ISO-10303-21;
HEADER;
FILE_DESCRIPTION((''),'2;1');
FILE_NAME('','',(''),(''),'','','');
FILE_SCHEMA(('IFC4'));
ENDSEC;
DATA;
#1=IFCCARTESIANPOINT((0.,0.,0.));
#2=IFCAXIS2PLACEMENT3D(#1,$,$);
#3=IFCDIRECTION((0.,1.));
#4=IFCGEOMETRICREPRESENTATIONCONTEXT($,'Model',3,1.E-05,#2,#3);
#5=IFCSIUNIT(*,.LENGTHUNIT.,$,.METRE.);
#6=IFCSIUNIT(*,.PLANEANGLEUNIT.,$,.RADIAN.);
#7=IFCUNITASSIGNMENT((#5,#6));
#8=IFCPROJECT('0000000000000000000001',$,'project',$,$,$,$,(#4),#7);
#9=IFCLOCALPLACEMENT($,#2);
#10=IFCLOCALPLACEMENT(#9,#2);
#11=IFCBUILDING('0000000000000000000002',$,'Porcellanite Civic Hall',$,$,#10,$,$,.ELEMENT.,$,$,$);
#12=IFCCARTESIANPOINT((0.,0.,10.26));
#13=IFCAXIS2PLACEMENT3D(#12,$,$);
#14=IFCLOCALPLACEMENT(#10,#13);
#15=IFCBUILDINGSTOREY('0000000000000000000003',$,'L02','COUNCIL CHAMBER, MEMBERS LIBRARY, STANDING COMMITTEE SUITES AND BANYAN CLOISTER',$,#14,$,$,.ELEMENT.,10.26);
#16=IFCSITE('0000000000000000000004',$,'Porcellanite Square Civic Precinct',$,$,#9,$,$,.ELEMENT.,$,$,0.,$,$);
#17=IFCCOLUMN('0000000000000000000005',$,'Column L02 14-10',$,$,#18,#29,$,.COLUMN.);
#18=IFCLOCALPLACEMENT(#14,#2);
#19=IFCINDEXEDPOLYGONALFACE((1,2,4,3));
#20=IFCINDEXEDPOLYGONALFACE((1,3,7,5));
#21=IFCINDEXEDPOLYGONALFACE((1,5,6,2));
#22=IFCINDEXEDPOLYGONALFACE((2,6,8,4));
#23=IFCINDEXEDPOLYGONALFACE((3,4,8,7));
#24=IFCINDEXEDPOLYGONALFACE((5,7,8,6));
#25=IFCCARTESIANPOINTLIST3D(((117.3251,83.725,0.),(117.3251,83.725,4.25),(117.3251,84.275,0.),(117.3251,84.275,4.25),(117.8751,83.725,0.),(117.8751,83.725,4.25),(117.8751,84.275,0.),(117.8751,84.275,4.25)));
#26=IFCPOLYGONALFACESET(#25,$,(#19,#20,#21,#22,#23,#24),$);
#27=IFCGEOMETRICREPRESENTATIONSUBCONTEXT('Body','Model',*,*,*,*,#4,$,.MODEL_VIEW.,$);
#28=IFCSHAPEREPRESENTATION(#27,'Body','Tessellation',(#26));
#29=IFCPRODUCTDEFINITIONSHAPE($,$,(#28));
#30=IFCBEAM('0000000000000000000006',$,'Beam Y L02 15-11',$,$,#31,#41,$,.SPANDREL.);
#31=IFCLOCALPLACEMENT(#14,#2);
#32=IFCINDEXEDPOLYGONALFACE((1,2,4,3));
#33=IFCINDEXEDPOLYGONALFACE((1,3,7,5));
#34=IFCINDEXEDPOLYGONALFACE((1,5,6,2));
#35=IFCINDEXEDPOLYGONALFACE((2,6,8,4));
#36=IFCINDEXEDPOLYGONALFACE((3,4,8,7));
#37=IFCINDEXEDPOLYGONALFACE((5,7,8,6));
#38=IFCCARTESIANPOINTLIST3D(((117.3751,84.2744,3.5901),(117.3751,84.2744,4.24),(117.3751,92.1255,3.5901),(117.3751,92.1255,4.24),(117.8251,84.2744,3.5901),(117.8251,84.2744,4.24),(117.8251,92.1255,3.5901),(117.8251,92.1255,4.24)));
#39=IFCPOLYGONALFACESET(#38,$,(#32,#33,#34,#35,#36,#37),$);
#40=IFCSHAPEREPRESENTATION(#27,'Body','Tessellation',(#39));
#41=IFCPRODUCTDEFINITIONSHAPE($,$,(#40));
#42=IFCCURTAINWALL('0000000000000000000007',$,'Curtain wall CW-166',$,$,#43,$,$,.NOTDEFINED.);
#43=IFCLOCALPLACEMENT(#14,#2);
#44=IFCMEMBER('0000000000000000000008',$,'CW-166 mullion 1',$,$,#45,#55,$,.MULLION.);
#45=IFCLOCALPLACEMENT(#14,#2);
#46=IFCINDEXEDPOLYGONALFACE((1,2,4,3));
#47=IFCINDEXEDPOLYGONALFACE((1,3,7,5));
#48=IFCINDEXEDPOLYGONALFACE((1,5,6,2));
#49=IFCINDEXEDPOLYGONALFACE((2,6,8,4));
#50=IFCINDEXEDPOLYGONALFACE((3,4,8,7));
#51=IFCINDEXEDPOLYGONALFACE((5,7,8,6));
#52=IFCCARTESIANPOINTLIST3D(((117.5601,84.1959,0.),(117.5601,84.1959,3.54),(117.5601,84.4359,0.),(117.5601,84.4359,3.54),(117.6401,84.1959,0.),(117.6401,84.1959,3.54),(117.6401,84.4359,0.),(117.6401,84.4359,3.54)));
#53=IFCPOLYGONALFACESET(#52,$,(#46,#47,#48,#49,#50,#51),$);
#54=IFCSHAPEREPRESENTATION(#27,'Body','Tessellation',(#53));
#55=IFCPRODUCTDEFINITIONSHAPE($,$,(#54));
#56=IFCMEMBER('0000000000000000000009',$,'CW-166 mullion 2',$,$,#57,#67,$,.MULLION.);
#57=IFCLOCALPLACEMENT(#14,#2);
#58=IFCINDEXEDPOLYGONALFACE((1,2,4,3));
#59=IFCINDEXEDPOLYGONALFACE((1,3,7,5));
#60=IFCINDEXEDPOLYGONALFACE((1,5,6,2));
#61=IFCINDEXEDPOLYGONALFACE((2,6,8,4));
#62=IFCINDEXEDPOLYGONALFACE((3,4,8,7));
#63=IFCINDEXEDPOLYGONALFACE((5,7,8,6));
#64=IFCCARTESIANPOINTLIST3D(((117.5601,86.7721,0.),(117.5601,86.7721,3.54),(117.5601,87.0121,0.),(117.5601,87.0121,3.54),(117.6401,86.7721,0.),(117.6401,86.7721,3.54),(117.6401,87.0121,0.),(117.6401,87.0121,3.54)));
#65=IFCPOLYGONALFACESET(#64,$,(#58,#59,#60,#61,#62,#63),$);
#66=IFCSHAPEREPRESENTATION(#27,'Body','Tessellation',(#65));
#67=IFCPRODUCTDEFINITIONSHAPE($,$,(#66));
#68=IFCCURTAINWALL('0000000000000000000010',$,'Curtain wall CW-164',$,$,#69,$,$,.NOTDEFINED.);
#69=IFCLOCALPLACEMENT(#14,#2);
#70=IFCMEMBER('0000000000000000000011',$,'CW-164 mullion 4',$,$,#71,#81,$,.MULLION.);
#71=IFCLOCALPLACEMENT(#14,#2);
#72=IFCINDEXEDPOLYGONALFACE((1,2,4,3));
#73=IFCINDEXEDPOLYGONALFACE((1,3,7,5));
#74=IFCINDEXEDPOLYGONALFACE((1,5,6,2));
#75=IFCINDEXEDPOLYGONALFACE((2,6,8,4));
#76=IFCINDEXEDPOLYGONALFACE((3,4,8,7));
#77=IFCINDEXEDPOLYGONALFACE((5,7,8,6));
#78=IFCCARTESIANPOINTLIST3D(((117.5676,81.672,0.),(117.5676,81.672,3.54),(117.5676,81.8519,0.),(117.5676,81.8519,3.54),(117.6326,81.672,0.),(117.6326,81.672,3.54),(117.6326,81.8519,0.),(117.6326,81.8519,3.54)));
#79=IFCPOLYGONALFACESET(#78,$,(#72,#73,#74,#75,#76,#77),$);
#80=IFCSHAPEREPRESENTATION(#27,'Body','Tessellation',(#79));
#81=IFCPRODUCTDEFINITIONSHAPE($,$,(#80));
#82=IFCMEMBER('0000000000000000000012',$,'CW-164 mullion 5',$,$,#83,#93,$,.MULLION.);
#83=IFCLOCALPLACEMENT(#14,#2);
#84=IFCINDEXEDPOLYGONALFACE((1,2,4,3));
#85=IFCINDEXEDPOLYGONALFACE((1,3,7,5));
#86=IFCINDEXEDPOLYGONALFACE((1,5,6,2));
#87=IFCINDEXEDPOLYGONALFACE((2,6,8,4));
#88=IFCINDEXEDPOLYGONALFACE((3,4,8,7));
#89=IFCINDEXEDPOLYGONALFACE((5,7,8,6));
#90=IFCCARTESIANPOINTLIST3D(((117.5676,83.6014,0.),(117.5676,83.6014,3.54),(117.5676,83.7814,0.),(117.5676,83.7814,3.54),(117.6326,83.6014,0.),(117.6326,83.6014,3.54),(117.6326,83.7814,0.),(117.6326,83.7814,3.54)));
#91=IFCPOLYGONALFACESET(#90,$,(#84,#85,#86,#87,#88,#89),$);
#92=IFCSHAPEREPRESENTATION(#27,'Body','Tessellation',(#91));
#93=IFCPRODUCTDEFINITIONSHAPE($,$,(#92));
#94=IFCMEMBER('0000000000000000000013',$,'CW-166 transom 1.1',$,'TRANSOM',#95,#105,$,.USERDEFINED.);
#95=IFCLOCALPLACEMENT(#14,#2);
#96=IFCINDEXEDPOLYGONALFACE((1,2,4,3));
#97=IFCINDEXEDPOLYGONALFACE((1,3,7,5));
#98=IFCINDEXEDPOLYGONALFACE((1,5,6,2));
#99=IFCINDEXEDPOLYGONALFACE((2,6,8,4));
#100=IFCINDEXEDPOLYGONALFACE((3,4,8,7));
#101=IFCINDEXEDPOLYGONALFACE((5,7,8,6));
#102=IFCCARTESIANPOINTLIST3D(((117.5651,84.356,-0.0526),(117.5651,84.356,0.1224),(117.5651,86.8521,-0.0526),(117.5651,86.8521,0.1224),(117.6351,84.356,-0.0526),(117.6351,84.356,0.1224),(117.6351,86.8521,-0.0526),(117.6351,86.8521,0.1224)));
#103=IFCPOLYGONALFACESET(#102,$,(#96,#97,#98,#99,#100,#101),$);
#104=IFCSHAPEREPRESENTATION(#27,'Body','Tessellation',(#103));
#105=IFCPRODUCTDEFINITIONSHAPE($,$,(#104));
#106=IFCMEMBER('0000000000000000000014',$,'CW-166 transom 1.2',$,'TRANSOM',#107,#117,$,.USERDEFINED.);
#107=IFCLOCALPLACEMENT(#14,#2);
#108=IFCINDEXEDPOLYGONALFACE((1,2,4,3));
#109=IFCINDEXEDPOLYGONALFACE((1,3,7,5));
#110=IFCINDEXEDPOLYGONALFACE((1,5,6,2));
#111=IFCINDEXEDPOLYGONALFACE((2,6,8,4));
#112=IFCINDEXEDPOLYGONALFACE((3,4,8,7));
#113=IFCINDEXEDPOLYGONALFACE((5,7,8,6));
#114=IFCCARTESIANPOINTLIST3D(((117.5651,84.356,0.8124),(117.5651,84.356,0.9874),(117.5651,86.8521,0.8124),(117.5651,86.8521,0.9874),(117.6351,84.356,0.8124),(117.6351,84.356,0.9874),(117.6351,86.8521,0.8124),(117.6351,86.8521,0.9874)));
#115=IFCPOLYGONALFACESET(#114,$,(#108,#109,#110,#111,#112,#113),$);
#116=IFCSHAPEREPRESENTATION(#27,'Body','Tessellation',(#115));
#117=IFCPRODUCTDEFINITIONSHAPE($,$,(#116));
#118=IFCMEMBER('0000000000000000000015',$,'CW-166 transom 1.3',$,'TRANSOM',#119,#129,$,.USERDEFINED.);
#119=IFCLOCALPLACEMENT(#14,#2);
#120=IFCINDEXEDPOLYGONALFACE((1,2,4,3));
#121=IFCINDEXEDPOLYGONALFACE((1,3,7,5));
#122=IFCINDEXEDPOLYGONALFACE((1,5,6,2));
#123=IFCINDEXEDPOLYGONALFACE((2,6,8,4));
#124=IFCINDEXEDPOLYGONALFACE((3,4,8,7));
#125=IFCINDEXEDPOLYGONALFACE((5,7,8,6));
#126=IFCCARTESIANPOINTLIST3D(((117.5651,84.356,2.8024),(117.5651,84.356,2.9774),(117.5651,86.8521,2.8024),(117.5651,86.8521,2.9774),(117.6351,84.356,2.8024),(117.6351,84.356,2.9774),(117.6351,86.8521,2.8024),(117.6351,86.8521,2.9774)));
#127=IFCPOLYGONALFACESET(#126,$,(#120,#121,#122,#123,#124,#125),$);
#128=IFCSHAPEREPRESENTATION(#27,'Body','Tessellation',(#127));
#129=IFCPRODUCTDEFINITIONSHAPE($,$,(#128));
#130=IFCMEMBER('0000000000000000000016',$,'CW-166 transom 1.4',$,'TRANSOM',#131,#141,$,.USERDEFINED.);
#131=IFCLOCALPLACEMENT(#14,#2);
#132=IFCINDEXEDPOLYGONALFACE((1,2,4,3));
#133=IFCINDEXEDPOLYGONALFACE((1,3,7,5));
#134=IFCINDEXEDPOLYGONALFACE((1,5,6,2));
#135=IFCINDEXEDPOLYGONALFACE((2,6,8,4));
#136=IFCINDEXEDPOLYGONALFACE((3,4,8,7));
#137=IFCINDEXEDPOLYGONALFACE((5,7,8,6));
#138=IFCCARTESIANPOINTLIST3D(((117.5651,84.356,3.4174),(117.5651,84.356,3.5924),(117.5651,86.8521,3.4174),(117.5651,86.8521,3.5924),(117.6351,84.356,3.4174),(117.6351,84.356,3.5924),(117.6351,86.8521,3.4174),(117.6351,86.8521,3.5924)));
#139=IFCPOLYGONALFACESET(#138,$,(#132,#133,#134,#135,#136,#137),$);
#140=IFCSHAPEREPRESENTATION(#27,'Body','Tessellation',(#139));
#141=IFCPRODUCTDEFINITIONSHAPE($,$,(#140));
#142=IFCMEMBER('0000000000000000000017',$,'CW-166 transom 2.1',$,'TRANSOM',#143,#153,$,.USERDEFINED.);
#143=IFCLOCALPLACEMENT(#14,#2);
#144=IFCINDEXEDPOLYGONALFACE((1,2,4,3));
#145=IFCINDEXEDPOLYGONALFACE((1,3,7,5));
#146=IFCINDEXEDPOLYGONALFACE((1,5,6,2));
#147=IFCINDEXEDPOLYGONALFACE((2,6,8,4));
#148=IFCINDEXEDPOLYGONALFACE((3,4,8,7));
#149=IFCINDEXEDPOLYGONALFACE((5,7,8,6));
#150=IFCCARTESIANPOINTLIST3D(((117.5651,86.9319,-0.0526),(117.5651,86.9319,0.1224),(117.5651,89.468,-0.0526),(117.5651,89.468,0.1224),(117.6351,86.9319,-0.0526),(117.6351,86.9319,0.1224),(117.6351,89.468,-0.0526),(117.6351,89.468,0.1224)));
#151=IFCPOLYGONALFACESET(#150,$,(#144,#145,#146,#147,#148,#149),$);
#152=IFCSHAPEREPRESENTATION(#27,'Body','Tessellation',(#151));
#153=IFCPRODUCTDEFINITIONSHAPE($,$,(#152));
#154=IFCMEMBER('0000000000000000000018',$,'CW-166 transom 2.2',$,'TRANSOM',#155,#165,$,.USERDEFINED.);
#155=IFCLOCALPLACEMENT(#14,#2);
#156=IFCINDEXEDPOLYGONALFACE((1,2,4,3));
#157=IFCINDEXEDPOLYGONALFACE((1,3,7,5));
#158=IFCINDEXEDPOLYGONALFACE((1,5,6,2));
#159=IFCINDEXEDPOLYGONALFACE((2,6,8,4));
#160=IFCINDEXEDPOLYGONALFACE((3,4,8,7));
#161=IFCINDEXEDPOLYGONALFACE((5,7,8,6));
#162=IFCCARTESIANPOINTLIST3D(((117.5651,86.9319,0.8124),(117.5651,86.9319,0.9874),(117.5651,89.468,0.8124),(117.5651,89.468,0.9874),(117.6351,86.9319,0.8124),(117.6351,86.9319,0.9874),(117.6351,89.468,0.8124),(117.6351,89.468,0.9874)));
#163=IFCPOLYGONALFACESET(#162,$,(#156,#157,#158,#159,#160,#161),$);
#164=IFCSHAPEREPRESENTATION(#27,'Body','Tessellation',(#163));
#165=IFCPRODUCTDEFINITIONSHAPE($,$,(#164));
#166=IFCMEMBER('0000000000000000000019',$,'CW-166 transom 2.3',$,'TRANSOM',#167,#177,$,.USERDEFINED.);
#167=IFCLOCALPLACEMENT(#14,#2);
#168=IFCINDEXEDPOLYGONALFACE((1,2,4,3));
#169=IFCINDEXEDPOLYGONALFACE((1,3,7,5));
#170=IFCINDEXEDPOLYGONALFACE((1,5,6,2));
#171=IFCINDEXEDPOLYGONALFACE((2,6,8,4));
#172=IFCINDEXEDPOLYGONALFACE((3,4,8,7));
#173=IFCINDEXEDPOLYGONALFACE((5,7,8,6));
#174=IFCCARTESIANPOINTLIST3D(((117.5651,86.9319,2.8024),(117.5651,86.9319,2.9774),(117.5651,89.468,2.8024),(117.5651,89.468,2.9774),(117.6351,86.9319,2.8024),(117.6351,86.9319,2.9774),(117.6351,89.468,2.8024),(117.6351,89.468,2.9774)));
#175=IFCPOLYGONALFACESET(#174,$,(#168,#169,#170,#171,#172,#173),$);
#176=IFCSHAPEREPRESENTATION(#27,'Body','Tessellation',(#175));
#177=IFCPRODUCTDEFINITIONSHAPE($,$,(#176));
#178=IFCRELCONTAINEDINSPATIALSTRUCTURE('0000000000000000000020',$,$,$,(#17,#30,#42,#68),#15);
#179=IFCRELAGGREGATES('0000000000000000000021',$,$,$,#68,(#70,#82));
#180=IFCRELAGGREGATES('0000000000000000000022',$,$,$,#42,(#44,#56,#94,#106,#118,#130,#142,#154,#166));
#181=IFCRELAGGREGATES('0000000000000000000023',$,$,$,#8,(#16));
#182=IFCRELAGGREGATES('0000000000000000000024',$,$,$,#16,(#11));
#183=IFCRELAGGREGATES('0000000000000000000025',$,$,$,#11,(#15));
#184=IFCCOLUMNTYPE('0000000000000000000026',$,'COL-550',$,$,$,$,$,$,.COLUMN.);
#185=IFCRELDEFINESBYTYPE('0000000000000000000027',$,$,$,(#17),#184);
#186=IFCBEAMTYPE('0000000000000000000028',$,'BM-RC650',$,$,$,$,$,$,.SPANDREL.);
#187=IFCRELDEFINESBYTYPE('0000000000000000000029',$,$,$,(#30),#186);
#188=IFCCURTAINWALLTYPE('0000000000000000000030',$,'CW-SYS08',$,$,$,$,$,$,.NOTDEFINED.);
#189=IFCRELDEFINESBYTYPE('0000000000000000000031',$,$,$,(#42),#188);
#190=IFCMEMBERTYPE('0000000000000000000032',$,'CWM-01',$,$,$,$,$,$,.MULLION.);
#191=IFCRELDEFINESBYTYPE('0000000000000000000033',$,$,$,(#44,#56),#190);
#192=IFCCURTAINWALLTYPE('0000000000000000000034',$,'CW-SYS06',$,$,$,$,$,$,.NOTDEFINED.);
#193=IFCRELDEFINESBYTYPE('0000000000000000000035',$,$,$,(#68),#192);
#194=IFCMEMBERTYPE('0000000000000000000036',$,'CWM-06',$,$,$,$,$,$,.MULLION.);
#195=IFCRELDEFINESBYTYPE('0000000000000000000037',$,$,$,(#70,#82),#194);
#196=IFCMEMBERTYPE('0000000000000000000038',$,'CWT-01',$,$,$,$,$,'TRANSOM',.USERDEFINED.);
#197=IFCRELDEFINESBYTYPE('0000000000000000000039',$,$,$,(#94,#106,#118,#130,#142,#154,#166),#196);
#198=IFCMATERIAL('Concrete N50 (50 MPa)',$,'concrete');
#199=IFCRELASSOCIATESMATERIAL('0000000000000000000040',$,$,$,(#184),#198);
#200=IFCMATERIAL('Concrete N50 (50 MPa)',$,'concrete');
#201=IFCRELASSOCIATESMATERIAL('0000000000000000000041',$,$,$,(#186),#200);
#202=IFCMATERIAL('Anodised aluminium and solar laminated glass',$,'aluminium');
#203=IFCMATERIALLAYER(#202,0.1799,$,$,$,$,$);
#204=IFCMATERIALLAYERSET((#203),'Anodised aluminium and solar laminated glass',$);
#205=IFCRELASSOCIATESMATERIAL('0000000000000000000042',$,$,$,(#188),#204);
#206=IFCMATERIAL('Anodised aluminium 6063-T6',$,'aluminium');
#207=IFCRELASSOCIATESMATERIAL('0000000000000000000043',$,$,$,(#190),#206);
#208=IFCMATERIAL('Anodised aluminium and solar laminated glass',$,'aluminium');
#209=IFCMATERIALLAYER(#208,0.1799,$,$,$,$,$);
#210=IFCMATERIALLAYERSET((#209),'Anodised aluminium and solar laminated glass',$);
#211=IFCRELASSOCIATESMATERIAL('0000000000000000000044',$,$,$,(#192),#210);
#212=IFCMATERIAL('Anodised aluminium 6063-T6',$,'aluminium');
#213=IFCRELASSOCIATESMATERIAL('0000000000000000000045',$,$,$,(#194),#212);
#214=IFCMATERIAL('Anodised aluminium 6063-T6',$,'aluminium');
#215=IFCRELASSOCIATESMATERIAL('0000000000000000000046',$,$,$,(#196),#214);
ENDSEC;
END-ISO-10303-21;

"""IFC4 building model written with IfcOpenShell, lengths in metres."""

from ifc_helpers import new_model, si_unit, direction, frame, origin, origin_2d, place, context, subcontext, project, spatial, rectangle, extrude, material, layer, layer_set, material_profile, profile_set, type_object, element, aggregate, save


model = new_model("IFC4")

# Units and contexts
model_context = context("Model", 3, precision=1e-05, world=origin(), true_north=direction((0.0, 1.0)))
body_context = subcontext(model_context, "Body", "Model", "MODEL_VIEW")
ifc_project = project(units=[si_unit("LENGTHUNIT", "METRE"), si_unit("PLANEANGLEUNIT", "RADIAN")], contexts=[model_context])

# Site, building, storey
site_placement = place(None, origin())
site = spatial("IfcSite", under=ifc_project, at=site_placement, Name="Porcellanite Square Civic Precinct", CompositionType="ELEMENT", RefElevation=0.0)
building_placement = place(site_placement, origin())
building = spatial("IfcBuilding", under=site, at=building_placement, Name="Porcellanite Civic Hall", CompositionType="ELEMENT")
storey_placement = place(building_placement, frame((0.0, 0.0, 10.26)))
storey = spatial("IfcBuildingStorey", under=building, at=storey_placement, Name="L02", Description="COUNCIL CHAMBER, MEMBERS LIBRARY, STANDING COMMITTEE SUITES AND BANYAN CLOISTER", CompositionType="ELEMENT", Elevation=10.26)

# Column
ifc_material_1 = material(Name="Concrete N50 (50 MPa)", Category="concrete")
ifc_material_profile_1 = material_profile(ifc_material_1, rectangle(XDim=0.55, YDim=0.55, at=origin_2d()), Name="RC-550x550")
ifc_profile_set_1 = profile_set([ifc_material_profile_1], Name="Concrete N50 (50 MPa)")
column_type = type_object("IfcColumnType", Name="COL-550", PredefinedType="COLUMN", material=ifc_profile_set_1)
column_placement = place(storey_placement, frame((117.6001, 84.0, 0.0), z_axis=(0.0, 0.0, 1.0), x_axis=(1.0, 0.0, 0.0)))
element("IfcColumn", 1, at=column_placement, inside=storey, type_object=column_type, Name="Column L02 14-10", PredefinedType="COLUMN", context=body_context, shape_type="SweptSolid", body=[
    extrude(rectangle(XDim=0.55, YDim=0.55, at=origin_2d()), origin(), (0.0, 0.0, 1.0), 4.25),
])

# Beam
ifc_material_2 = material(Name="Concrete N50 (50 MPa)", Category="concrete")
ifc_material_profile_2 = material_profile(ifc_material_2, rectangle(XDim=0.45, YDim=0.6499, at=origin_2d()), Name="RC-450x650")
ifc_profile_set_2 = profile_set([ifc_material_profile_2], Name="Concrete N50 (50 MPa)")
beam_type = type_object("IfcBeamType", Name="BM-RC650", PredefinedType="SPANDREL", material=ifc_profile_set_2)
beam_placement = place(storey_placement, frame((117.6001, 84.2744, 3.915), z_axis=(0.0, 1.0, 0.0), x_axis=(-1.0, 0.0, 0.0)))
element("IfcBeam", 2, at=beam_placement, inside=storey, type_object=beam_type, Name="Beam Y L02 15-11", PredefinedType="SPANDREL", context=body_context, shape_type="SweptSolid", body=[
    extrude(rectangle(XDim=0.45, YDim=0.6499, at=origin_2d()), origin(), (0.0, 0.0, 1.0), 7.8511),
])

# Curtain walls, members
ifc_material_3 = material(Name="Anodised aluminium and solar laminated glass", Category="aluminium")
ifc_layer_1 = layer(ifc_material_3, 0.1799)
ifc_layer_set_1 = layer_set([ifc_layer_1], Name="Anodised aluminium and solar laminated glass")
curtain_wall_type_1 = type_object("IfcCurtainWallType", Name="CW-SYS08", PredefinedType="NOTDEFINED", material=ifc_layer_set_1)
curtain_wall_1_placement = place(storey_placement, origin())
curtain_wall_1 = element("IfcCurtainWall", 3, at=curtain_wall_1_placement, inside=storey, type_object=curtain_wall_type_1, Name="Curtain wall CW-166", PredefinedType="NOTDEFINED")
ifc_material_4 = material(Name="Anodised aluminium 6063-T6", Category="aluminium")
ifc_material_profile_3 = material_profile(ifc_material_4, rectangle(XDim=0.0801, YDim=0.24, at=origin_2d()), Name="AL-80x240")
ifc_profile_set_3 = profile_set([ifc_material_profile_3], Name="Anodised aluminium 6063-T6")
member_type_1 = type_object("IfcMemberType", Name="CWM-01", PredefinedType="MULLION", material=ifc_profile_set_3)
member_1_placement = place(storey_placement, frame((117.6001, 84.3159, 0.0), z_axis=(0.0, 0.0, 1.0), x_axis=(-1.0, 0.0, 0.0)))
member_1 = element("IfcMember", 4, at=member_1_placement, type_object=member_type_1, Name="CW-166 mullion 1", PredefinedType="MULLION", context=body_context, shape_type="SweptSolid", body=[
    extrude(rectangle(XDim=0.0801, YDim=0.24, at=origin_2d()), origin(), (0.0, 0.0, 1.0), 3.54),
])
member_2_placement = place(storey_placement, frame((117.6001, 86.8921, 0.0), z_axis=(0.0, 0.0, 1.0), x_axis=(-1.0, 0.0, 0.0)))
member_2 = element("IfcMember", 5, at=member_2_placement, type_object=member_type_1, Name="CW-166 mullion 2", PredefinedType="MULLION", context=body_context, shape_type="SweptSolid", body=[
    extrude(rectangle(XDim=0.0801, YDim=0.24, at=origin_2d()), origin(), (0.0, 0.0, 1.0), 3.54),
])
ifc_material_5 = material(Name="Anodised aluminium and solar laminated glass", Category="aluminium")
ifc_layer_2 = layer(ifc_material_5, 0.1799)
ifc_layer_set_2 = layer_set([ifc_layer_2], Name="Anodised aluminium and solar laminated glass")
curtain_wall_type_2 = type_object("IfcCurtainWallType", Name="CW-SYS06", PredefinedType="NOTDEFINED", material=ifc_layer_set_2)
curtain_wall_2_placement = place(storey_placement, origin())
curtain_wall_2 = element("IfcCurtainWall", 6, at=curtain_wall_2_placement, inside=storey, type_object=curtain_wall_type_2, Name="Curtain wall CW-164", PredefinedType="NOTDEFINED")
ifc_material_6 = material(Name="Anodised aluminium 6063-T6", Category="aluminium")
ifc_material_profile_4 = material_profile(ifc_material_6, rectangle(XDim=0.0649, YDim=0.1799, at=origin_2d()), Name="AL-65x180")
ifc_profile_set_4 = profile_set([ifc_material_profile_4], Name="Anodised aluminium 6063-T6")
member_type_2 = type_object("IfcMemberType", Name="CWM-06", PredefinedType="MULLION", material=ifc_profile_set_4)
member_3_placement = place(storey_placement, frame((117.6001, 81.762, 0.0), z_axis=(0.0, 0.0, 1.0), x_axis=(-1.0, 0.0, 0.0)))
member_3 = element("IfcMember", 7, at=member_3_placement, type_object=member_type_2, Name="CW-164 mullion 4", PredefinedType="MULLION", context=body_context, shape_type="SweptSolid", body=[
    extrude(rectangle(XDim=0.0649, YDim=0.1799, at=origin_2d()), origin(), (0.0, 0.0, 1.0), 3.54),
])
member_4_placement = place(storey_placement, frame((117.6001, 83.6914, 0.0), z_axis=(0.0, 0.0, 1.0), x_axis=(-1.0, 0.0, 0.0)))
member_4 = element("IfcMember", 8, at=member_4_placement, type_object=member_type_2, Name="CW-164 mullion 5", PredefinedType="MULLION", context=body_context, shape_type="SweptSolid", body=[
    extrude(rectangle(XDim=0.0649, YDim=0.1799, at=origin_2d()), origin(), (0.0, 0.0, 1.0), 3.54),
])

# Members
ifc_material_7 = material(Name="Anodised aluminium 6063-T6", Category="aluminium")
ifc_material_profile_5 = material_profile(ifc_material_7, rectangle(XDim=0.0701, YDim=0.175, at=origin_2d()), Name="AL-70x175")
ifc_profile_set_5 = profile_set([ifc_material_profile_5], Name="Anodised aluminium 6063-T6")
member_type_3 = type_object("IfcMemberType", Name="CWT-01", ElementType="TRANSOM", PredefinedType="USERDEFINED", material=ifc_profile_set_5)
member_5_placement = place(storey_placement, frame((117.6001, 84.356, 0.0349), z_axis=(0.0, 1.0, 0.0), x_axis=(-1.0, 0.0, 0.0)))
member_5 = element("IfcMember", 9, at=member_5_placement, type_object=member_type_3, Name="CW-166 transom 1.1", ObjectType="TRANSOM", PredefinedType="USERDEFINED", context=body_context, shape_type="SweptSolid", body=[
    extrude(rectangle(XDim=0.0701, YDim=0.175, at=origin_2d()), origin(), (0.0, 0.0, 1.0), 2.4961),
])
member_6_placement = place(storey_placement, frame((117.6001, 84.356, 0.8999), z_axis=(0.0, 1.0, 0.0), x_axis=(-1.0, 0.0, 0.0)))
member_6 = element("IfcMember", 10, at=member_6_placement, type_object=member_type_3, Name="CW-166 transom 1.2", ObjectType="TRANSOM", PredefinedType="USERDEFINED", context=body_context, shape_type="SweptSolid", body=[
    extrude(rectangle(XDim=0.0701, YDim=0.175, at=origin_2d()), origin(), (0.0, 0.0, 1.0), 2.4961),
])
member_7_placement = place(storey_placement, frame((117.6001, 84.356, 2.8899), z_axis=(0.0, 1.0, 0.0), x_axis=(-1.0, 0.0, 0.0)))
member_7 = element("IfcMember", 11, at=member_7_placement, type_object=member_type_3, Name="CW-166 transom 1.3", ObjectType="TRANSOM", PredefinedType="USERDEFINED", context=body_context, shape_type="SweptSolid", body=[
    extrude(rectangle(XDim=0.0701, YDim=0.175, at=origin_2d()), origin(), (0.0, 0.0, 1.0), 2.4961),
])
member_8_placement = place(storey_placement, frame((117.6001, 84.356, 3.5049), z_axis=(0.0, 1.0, 0.0), x_axis=(-1.0, 0.0, 0.0)))
member_8 = element("IfcMember", 12, at=member_8_placement, type_object=member_type_3, Name="CW-166 transom 1.4", ObjectType="TRANSOM", PredefinedType="USERDEFINED", context=body_context, shape_type="SweptSolid", body=[
    extrude(rectangle(XDim=0.0701, YDim=0.175, at=origin_2d()), origin(), (0.0, 0.0, 1.0), 2.4961),
])
member_9_placement = place(storey_placement, frame((117.6001, 86.9319, 0.0349), z_axis=(0.0, 1.0, 0.0), x_axis=(-1.0, 0.0, 0.0)))
member_9 = element("IfcMember", 13, at=member_9_placement, type_object=member_type_3, Name="CW-166 transom 2.1", ObjectType="TRANSOM", PredefinedType="USERDEFINED", context=body_context, shape_type="SweptSolid", body=[
    extrude(rectangle(XDim=0.0701, YDim=0.175, at=origin_2d()), origin(), (0.0, 0.0, 1.0), 2.5361),
])
member_10_placement = place(storey_placement, frame((117.6001, 86.9319, 0.8999), z_axis=(0.0, 1.0, 0.0), x_axis=(-1.0, 0.0, 0.0)))
member_10 = element("IfcMember", 14, at=member_10_placement, type_object=member_type_3, Name="CW-166 transom 2.2", ObjectType="TRANSOM", PredefinedType="USERDEFINED", context=body_context, shape_type="SweptSolid", body=[
    extrude(rectangle(XDim=0.0701, YDim=0.175, at=origin_2d()), origin(), (0.0, 0.0, 1.0), 2.5361),
])
member_11_placement = place(storey_placement, frame((117.6001, 86.9319, 2.8899), z_axis=(0.0, 1.0, 0.0), x_axis=(-1.0, 0.0, 0.0)))
member_11 = element("IfcMember", 15, at=member_11_placement, type_object=member_type_3, Name="CW-166 transom 2.3", ObjectType="TRANSOM", PredefinedType="USERDEFINED", context=body_context, shape_type="SweptSolid", body=[
    extrude(rectangle(XDim=0.0701, YDim=0.175, at=origin_2d()), origin(), (0.0, 0.0, 1.0), 2.5361),
])

aggregate(curtain_wall_2, [member_3, member_4])
aggregate(curtain_wall_1, [member_1, member_2, member_5, member_6, member_7, member_8, member_9, member_10, member_11])

save(model, "model.ifc")
